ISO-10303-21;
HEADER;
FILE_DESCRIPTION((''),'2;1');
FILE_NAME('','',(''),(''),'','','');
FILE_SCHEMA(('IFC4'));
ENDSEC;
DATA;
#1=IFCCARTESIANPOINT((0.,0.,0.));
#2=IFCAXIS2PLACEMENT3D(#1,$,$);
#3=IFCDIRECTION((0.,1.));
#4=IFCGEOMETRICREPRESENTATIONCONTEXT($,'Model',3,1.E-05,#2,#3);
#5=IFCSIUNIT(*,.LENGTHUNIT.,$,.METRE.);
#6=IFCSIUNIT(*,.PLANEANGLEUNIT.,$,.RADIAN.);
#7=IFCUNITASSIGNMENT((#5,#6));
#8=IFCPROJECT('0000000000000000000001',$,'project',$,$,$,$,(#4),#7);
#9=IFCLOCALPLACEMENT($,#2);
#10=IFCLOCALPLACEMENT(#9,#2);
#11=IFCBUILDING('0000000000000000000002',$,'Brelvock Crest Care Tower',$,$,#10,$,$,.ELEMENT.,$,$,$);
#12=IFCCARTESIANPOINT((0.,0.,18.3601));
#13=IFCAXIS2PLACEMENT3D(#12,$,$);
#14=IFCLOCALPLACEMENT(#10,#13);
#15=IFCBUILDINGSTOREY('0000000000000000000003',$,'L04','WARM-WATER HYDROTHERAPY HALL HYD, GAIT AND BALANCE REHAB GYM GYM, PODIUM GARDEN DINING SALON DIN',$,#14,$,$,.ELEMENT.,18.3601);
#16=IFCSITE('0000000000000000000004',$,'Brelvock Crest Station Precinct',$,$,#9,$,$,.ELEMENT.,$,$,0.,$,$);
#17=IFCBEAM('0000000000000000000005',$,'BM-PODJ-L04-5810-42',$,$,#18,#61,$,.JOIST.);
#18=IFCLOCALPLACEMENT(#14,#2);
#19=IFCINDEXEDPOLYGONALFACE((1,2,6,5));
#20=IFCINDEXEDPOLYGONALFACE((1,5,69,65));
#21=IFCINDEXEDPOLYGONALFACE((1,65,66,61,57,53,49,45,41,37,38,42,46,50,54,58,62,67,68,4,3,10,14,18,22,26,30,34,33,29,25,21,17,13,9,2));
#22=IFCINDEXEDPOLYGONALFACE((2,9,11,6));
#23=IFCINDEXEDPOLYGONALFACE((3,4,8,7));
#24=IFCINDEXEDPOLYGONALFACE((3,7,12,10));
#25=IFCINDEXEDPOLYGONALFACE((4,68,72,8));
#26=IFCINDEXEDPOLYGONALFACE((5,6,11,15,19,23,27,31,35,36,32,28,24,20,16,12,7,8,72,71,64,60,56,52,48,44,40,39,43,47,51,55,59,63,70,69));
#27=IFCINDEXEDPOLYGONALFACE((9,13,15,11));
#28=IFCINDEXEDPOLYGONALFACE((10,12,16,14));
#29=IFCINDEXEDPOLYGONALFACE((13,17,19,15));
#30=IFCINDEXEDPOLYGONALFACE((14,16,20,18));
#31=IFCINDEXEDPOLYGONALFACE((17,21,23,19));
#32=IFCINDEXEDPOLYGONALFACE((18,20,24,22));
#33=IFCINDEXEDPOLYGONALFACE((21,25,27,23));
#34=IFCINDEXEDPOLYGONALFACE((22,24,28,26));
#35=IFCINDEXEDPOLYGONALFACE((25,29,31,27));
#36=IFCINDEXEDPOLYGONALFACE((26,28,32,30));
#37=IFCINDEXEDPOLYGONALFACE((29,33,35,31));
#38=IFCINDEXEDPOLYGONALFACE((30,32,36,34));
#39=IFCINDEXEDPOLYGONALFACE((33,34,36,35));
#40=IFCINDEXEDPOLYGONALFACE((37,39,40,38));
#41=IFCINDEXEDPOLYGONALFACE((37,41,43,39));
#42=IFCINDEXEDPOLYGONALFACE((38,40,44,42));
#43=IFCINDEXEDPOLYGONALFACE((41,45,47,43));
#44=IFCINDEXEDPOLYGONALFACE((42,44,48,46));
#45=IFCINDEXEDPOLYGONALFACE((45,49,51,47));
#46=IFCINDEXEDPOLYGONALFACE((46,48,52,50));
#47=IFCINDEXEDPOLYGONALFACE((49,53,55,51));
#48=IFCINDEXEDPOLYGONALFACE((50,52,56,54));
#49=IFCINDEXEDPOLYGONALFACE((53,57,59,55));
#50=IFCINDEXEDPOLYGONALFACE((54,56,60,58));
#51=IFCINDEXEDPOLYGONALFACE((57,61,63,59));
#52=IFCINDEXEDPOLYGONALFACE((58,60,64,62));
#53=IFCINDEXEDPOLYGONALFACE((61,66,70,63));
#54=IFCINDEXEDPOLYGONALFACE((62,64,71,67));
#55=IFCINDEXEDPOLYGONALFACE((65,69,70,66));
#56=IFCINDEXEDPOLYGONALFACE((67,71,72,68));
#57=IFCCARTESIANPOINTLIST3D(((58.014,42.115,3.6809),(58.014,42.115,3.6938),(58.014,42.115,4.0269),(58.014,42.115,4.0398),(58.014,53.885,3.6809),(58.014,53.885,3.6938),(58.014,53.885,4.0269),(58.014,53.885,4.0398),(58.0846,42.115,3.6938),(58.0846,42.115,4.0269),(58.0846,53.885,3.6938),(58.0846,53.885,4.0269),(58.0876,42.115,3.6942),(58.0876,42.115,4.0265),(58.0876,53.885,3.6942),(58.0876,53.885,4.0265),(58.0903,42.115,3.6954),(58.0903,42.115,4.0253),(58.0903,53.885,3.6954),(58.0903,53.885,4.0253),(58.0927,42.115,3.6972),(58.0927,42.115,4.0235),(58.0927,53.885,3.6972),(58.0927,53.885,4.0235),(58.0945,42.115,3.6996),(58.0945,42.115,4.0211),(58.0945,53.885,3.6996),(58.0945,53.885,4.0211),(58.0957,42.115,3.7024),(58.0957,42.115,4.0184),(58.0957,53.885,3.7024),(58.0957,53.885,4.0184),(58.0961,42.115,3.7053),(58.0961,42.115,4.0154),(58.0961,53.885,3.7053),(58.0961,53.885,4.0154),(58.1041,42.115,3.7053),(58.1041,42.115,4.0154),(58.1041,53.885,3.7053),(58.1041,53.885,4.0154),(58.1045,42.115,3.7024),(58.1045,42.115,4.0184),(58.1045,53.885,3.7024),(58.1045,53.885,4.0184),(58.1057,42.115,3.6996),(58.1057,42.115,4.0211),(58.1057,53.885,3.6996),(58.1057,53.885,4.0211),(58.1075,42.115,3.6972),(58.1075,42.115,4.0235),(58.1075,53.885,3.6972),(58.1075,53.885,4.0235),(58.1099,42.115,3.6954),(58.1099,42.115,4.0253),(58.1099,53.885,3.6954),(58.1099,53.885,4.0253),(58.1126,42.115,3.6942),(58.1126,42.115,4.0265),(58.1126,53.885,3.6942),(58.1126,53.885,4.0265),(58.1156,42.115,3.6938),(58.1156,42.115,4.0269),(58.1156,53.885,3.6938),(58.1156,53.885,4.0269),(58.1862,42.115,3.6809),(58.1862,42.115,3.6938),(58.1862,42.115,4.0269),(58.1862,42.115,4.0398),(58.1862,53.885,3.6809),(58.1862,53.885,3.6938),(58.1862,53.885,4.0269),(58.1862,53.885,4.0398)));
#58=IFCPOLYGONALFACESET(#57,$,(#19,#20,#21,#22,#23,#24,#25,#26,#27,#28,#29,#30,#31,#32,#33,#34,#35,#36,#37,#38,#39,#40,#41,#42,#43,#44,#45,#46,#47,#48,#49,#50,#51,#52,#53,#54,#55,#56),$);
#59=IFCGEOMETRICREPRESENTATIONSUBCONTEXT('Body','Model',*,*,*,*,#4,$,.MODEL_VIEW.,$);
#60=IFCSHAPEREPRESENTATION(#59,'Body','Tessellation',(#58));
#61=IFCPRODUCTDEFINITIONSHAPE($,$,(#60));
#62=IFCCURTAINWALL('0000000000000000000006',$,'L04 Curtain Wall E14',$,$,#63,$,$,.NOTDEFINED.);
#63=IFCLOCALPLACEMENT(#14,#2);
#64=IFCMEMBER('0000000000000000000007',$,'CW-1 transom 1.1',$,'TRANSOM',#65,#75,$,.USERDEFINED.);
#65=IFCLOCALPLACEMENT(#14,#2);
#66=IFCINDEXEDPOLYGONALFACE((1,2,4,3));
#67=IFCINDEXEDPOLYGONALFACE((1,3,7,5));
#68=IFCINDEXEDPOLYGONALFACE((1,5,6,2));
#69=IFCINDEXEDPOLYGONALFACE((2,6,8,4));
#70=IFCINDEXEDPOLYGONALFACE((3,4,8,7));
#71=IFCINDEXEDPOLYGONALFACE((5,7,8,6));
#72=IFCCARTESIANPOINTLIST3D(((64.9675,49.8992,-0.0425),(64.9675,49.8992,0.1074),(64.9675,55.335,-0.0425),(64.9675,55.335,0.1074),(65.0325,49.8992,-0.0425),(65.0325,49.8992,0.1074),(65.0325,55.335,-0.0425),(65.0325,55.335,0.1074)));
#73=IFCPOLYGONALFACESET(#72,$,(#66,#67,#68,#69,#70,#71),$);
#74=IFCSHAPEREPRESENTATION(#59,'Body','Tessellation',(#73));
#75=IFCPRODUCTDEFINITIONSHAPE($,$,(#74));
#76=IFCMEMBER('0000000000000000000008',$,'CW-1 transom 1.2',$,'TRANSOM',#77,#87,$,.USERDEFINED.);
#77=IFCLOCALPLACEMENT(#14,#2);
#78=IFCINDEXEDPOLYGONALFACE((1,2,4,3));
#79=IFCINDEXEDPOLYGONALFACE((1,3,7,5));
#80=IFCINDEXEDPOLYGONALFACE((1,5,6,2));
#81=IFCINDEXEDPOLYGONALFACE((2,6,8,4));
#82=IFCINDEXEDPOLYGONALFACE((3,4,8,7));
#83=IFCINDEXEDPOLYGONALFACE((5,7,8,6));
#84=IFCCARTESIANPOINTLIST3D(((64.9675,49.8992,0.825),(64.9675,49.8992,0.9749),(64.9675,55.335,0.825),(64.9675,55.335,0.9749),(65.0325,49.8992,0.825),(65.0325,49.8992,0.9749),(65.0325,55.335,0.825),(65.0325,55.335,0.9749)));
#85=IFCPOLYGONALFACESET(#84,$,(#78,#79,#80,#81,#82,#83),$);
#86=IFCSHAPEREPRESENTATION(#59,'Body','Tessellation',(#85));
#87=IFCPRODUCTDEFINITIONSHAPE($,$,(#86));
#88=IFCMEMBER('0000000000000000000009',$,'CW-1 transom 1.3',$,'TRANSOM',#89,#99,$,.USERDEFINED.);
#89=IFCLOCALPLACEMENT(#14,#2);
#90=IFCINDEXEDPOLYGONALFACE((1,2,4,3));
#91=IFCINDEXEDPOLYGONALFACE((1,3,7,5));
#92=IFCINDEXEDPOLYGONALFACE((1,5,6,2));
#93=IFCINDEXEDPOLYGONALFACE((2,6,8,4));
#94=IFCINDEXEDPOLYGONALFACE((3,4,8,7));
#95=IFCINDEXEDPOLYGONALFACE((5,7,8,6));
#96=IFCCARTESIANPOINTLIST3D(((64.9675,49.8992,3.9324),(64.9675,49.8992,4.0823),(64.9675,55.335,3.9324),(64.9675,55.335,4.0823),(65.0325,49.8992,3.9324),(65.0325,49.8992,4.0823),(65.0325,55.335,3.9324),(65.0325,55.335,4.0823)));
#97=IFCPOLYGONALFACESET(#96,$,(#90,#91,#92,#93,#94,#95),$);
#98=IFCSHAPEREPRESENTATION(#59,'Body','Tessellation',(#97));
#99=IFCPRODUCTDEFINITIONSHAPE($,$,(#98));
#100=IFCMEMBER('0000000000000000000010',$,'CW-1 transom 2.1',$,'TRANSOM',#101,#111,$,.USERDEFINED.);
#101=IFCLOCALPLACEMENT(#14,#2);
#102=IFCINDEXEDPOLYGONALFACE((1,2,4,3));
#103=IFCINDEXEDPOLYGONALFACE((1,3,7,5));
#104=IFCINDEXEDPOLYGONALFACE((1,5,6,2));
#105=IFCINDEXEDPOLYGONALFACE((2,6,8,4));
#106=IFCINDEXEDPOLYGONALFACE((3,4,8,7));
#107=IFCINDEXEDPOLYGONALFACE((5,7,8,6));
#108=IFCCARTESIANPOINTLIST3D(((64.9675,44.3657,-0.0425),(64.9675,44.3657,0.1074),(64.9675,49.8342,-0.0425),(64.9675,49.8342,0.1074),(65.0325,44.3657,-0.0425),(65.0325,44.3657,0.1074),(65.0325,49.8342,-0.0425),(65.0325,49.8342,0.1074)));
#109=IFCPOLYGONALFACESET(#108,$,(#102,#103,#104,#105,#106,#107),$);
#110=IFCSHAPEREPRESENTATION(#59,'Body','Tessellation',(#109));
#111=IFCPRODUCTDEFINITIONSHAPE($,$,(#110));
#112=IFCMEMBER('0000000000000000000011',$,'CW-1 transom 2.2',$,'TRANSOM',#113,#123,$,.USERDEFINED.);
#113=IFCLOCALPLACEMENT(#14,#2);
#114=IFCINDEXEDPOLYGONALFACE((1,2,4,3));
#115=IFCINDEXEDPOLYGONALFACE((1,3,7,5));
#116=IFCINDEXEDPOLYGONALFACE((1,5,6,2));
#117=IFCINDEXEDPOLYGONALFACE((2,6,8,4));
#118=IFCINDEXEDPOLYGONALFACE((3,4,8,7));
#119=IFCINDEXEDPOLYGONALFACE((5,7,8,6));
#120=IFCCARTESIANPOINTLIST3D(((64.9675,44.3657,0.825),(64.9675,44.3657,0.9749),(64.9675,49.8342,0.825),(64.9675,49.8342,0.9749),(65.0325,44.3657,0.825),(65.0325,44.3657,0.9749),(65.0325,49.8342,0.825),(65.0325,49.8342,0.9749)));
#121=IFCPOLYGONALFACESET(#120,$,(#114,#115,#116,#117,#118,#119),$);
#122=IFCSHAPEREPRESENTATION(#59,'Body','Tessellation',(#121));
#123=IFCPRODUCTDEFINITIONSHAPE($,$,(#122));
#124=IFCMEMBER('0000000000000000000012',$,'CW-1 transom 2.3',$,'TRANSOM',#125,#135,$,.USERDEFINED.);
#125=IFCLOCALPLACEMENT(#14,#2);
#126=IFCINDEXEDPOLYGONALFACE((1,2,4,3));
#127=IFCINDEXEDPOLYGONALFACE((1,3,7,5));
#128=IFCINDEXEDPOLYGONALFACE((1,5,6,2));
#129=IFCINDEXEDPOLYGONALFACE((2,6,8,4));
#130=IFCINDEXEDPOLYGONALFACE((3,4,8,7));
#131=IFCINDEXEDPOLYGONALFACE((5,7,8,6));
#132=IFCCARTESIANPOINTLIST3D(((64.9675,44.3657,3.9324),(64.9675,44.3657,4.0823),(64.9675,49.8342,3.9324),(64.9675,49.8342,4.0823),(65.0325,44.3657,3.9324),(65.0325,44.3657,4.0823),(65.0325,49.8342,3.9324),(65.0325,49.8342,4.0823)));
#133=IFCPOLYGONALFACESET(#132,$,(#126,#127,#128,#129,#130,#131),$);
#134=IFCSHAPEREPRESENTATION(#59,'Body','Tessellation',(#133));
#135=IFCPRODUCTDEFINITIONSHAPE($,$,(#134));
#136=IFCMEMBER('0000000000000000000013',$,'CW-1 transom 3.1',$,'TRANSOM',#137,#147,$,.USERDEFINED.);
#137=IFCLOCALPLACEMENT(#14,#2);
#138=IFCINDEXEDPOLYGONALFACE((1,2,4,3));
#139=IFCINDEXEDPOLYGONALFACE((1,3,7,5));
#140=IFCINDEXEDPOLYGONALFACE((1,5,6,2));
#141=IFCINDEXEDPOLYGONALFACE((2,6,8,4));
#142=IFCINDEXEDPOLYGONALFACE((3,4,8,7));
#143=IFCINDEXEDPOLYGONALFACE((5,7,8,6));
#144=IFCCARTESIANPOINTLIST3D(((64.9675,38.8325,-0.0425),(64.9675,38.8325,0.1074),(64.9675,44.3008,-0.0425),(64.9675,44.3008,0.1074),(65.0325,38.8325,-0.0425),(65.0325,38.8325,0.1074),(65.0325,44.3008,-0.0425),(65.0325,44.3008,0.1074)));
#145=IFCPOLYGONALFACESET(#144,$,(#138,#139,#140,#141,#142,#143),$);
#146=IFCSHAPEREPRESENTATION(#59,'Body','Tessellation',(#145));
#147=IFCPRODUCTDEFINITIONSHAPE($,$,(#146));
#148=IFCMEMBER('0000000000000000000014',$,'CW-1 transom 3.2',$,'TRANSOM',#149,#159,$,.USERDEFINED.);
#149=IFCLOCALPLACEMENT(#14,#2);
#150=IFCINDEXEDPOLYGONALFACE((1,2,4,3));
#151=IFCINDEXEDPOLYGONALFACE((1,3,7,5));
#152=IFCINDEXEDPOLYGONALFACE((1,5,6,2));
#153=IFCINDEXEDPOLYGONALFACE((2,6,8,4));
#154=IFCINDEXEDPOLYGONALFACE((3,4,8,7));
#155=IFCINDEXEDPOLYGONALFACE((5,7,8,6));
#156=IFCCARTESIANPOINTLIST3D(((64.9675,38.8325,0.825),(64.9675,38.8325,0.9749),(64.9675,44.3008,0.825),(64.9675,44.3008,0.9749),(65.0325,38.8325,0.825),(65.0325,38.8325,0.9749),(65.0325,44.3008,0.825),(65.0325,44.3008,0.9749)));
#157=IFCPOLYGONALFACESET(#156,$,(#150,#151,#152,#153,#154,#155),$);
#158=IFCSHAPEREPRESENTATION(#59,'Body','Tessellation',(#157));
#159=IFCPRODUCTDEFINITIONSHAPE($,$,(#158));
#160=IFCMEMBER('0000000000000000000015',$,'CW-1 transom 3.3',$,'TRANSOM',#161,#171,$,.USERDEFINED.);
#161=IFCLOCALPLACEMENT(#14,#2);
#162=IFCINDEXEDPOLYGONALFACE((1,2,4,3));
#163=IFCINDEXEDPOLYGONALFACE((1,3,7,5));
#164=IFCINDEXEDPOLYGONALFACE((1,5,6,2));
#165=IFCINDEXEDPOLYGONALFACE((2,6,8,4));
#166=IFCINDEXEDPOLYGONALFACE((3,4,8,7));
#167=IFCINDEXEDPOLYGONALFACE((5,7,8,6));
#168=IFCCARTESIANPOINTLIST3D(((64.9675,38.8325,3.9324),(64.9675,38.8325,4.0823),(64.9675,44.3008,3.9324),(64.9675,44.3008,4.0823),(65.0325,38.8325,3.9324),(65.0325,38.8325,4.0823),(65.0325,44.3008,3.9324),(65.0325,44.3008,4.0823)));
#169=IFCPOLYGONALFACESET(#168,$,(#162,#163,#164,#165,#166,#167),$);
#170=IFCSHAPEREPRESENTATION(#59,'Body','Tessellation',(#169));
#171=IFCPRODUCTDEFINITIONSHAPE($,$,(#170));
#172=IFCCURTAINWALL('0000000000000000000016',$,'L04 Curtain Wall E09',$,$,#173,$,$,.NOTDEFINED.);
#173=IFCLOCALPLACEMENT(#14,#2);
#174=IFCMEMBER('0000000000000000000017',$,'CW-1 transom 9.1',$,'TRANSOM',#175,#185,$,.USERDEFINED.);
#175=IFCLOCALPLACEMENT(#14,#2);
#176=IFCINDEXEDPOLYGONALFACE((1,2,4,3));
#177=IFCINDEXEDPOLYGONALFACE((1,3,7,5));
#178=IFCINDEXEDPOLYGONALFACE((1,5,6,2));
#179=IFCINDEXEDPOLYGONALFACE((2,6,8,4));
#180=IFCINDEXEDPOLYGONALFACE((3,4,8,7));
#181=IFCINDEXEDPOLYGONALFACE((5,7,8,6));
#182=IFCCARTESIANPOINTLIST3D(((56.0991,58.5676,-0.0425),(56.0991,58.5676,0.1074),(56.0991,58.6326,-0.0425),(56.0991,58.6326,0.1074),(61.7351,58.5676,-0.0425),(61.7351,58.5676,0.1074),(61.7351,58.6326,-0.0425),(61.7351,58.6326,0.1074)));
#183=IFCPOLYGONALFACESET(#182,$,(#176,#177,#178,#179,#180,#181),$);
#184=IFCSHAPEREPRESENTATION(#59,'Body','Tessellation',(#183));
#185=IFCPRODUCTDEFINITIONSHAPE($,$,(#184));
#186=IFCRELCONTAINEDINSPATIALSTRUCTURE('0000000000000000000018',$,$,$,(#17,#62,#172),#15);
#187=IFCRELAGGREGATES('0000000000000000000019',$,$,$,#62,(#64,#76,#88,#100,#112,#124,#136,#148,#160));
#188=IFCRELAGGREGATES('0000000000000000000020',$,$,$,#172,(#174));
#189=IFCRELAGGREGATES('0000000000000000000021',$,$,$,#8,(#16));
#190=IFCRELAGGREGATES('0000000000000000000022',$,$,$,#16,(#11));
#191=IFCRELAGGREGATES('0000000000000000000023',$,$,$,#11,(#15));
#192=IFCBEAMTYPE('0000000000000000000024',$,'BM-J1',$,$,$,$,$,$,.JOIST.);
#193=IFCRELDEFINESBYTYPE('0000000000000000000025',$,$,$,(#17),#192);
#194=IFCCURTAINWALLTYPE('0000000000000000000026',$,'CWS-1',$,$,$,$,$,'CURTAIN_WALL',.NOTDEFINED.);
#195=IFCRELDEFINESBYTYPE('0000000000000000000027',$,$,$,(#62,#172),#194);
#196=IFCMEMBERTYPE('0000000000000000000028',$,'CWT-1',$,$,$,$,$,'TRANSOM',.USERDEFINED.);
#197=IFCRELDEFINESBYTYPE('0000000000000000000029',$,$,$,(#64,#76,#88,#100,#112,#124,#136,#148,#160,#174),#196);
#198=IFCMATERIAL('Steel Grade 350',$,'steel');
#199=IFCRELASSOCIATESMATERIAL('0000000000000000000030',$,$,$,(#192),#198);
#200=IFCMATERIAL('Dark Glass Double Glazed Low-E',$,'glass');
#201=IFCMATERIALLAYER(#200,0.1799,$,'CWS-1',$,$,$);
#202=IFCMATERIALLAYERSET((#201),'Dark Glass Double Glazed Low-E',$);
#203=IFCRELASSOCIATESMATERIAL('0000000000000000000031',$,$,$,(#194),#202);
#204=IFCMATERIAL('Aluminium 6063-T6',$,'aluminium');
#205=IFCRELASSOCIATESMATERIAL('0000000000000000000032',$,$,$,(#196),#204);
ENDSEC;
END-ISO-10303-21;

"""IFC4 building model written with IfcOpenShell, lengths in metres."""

from ifc_helpers import new_model, si_unit, direction, frame, origin, origin_2d, place, context, subcontext, project, spatial, rectangle, i_section, extrude, source, transform, mapped, material, layer, layer_set, material_profile, profile_set, type_object, element, aggregate, save


model = new_model("IFC4")

# Units and contexts
model_context = context("Model", 3, precision=1e-05, world=origin(), true_north=direction((0.0, 1.0)))
body_context = subcontext(model_context, "Body", "Model", "MODEL_VIEW")
ifc_project = project(units=[si_unit("LENGTHUNIT", "METRE"), si_unit("PLANEANGLEUNIT", "RADIAN")], contexts=[model_context])

# Site, building, storey
site_placement = place(None, origin())
site = spatial("IfcSite", under=ifc_project, at=site_placement, Name="Brelvock Crest Station Precinct", CompositionType="ELEMENT", RefElevation=0.0)
building_placement = place(site_placement, origin())
building = spatial("IfcBuilding", under=site, at=building_placement, Name="Brelvock Crest Care Tower", CompositionType="ELEMENT")
storey_placement = place(building_placement, frame((0.0, 0.0, 18.3601)))
storey = spatial("IfcBuildingStorey", under=building, at=storey_placement, Name="L04", Description="WARM-WATER HYDROTHERAPY HALL HYD, GAIT AND BALANCE REHAB GYM GYM, PODIUM GARDEN DINING SALON DIN", CompositionType="ELEMENT", Elevation=18.3601)

# Shared definitions
ifc_material_1 = material(Name="Steel Grade 350", Category="steel")

# Beam
ifc_material_profile_1 = material_profile(ifc_material_1, i_section(OverallWidth=0.1721, OverallDepth=0.3589, WebThickness=0.0081, FlangeThickness=0.0129, FilletRadius=0.0115, at=origin_2d()), Name="360UB56.7")
ifc_profile_set_1 = profile_set([ifc_material_profile_1], Name="Steel Grade 350")
beam_type = type_object("IfcBeamType", Name="BM-J1", PredefinedType="JOIST", material=ifc_profile_set_1)
shared_shape_1 = source(origin(), body_context, "Body", "SweptSolid", [
    extrude(i_section(OverallWidth=0.1721, OverallDepth=0.3589, WebThickness=0.0081, FlangeThickness=0.0129, FilletRadius=0.0115, at=origin_2d()), origin(), (0.0, 0.0, 1.0), 11.77),
])
for number, where, z_axis, x_axis, name in (
    (1, (58.1001, 42.115, 3.8604), (0.0, 1.0, 0.0), (-1.0, 0.0, 0.0), "BM-PODJ-L04-5810-42"),
):
    element("IfcBeam", number, at=place(storey_placement, frame(where, z_axis=z_axis, x_axis=x_axis)), inside=storey, type_object=beam_type, Name=name, PredefinedType="JOIST", context=body_context, shape_type="MappedRepresentation", body=[
        mapped(shared_shape_1, transform((0.0, 0.0, 0.0), x_axis=(1.0, 0.0, 0.0), y_axis=(0.0, 1.0, 0.0), z_axis=(0.0, 0.0, 1.0), scale=1.0)),
    ])

# Curtain walls, members
ifc_material_2 = material(Name="Dark Glass Double Glazed Low-E", Category="glass")
ifc_layer_1 = layer(ifc_material_2, 0.1799, Name="CWS-1")
ifc_layer_set_1 = layer_set([ifc_layer_1], Name="Dark Glass Double Glazed Low-E")
curtain_wall_type = type_object("IfcCurtainWallType", Name="CWS-1", ElementType="CURTAIN_WALL", PredefinedType="NOTDEFINED", material=ifc_layer_set_1)
curtain_wall_1_placement = place(storey_placement, origin())
curtain_wall_1 = element("IfcCurtainWall", 2, at=curtain_wall_1_placement, inside=storey, type_object=curtain_wall_type, Name="L04 Curtain Wall E14", PredefinedType="NOTDEFINED")
ifc_material_3 = material(Name="Aluminium 6063-T6", Category="aluminium")
ifc_material_profile_2 = material_profile(ifc_material_3, rectangle(XDim=0.0649, YDim=0.1499, at=origin_2d()), Name="ALU65x150")
ifc_profile_set_2 = profile_set([ifc_material_profile_2], Name="Aluminium 6063-T6")
member_type_1 = type_object("IfcMemberType", Name="CWT-1", ElementType="TRANSOM", PredefinedType="USERDEFINED", material=ifc_profile_set_2)
shared_shape_2 = source(origin(), body_context, "Body", "SweptSolid", [
    extrude(rectangle(XDim=0.0649, YDim=0.1499, at=origin_2d()), origin(), (0.0, 0.0, 1.0), 5.4358),
])
member_1_placement = place(storey_placement, frame((65.0, 55.335, 0.0325), z_axis=(0.0, -1.0, 0.0), x_axis=(1.0, 0.0, 0.0)))
member_1 = element("IfcMember", 3, at=member_1_placement, type_object=member_type_1, Name="CW-1 transom 1.1", ObjectType="TRANSOM", PredefinedType="USERDEFINED", context=body_context, shape_type="MappedRepresentation", body=[
    mapped(shared_shape_2, transform((0.0, 0.0, 0.0), x_axis=(1.0, 0.0, 0.0), y_axis=(0.0, 1.0, 0.0), z_axis=(0.0, 0.0, 1.0), scale=1.0)),
])
member_2_placement = place(storey_placement, frame((65.0, 55.335, 0.8999), z_axis=(0.0, -1.0, 0.0), x_axis=(1.0, 0.0, 0.0)))
member_2 = element("IfcMember", 4, at=member_2_placement, type_object=member_type_1, Name="CW-1 transom 1.2", ObjectType="TRANSOM", PredefinedType="USERDEFINED", context=body_context, shape_type="MappedRepresentation", body=[
    mapped(shared_shape_2, transform((0.0, 0.0, 0.0), x_axis=(1.0, 0.0, 0.0), y_axis=(0.0, 1.0, 0.0), z_axis=(0.0, 0.0, 1.0), scale=1.0)),
])
member_3_placement = place(storey_placement, frame((65.0, 55.335, 4.0073), z_axis=(0.0, -1.0, 0.0), x_axis=(1.0, 0.0, 0.0)))
member_3 = element("IfcMember", 5, at=member_3_placement, type_object=member_type_1, Name="CW-1 transom 1.3", ObjectType="TRANSOM", PredefinedType="USERDEFINED", context=body_context, shape_type="MappedRepresentation", body=[
    mapped(shared_shape_2, transform((0.0, 0.0, 0.0), x_axis=(1.0, 0.0, 0.0), y_axis=(0.0, 1.0, 0.0), z_axis=(0.0, 0.0, 1.0), scale=1.0)),
])
shared_shape_3 = source(origin(), body_context, "Body", "SweptSolid", [
    extrude(rectangle(XDim=0.0649, YDim=0.1499, at=origin_2d()), origin(), (0.0, 0.0, 1.0), 5.4685),
])
member_4_placement = place(storey_placement, frame((65.0, 49.8342, 0.0325), z_axis=(0.0, -1.0, 0.0), x_axis=(1.0, 0.0, 0.0)))
member_4 = element("IfcMember", 6, at=member_4_placement, type_object=member_type_1, Name="CW-1 transom 2.1", ObjectType="TRANSOM", PredefinedType="USERDEFINED", context=body_context, shape_type="MappedRepresentation", body=[
    mapped(shared_shape_3, transform((0.0, 0.0, 0.0), x_axis=(1.0, 0.0, 0.0), y_axis=(0.0, 1.0, 0.0), z_axis=(0.0, 0.0, 1.0), scale=1.0)),
])
member_5_placement = place(storey_placement, frame((65.0, 49.8342, 0.8999), z_axis=(0.0, -1.0, 0.0), x_axis=(1.0, 0.0, 0.0)))
member_5 = element("IfcMember", 7, at=member_5_placement, type_object=member_type_1, Name="CW-1 transom 2.2", ObjectType="TRANSOM", PredefinedType="USERDEFINED", context=body_context, shape_type="MappedRepresentation", body=[
    mapped(shared_shape_3, transform((0.0, 0.0, 0.0), x_axis=(1.0, 0.0, 0.0), y_axis=(0.0, 1.0, 0.0), z_axis=(0.0, 0.0, 1.0), scale=1.0)),
])
member_6_placement = place(storey_placement, frame((65.0, 49.8342, 4.0073), z_axis=(0.0, -1.0, 0.0), x_axis=(1.0, 0.0, 0.0)))
member_6 = element("IfcMember", 8, at=member_6_placement, type_object=member_type_1, Name="CW-1 transom 2.3", ObjectType="TRANSOM", PredefinedType="USERDEFINED", context=body_context, shape_type="MappedRepresentation", body=[
    mapped(shared_shape_3, transform((0.0, 0.0, 0.0), x_axis=(1.0, 0.0, 0.0), y_axis=(0.0, 1.0, 0.0), z_axis=(0.0, 0.0, 1.0), scale=1.0)),
])
shared_shape_4 = source(origin(), body_context, "Body", "SweptSolid", [
    extrude(rectangle(XDim=0.0649, YDim=0.1499, at=origin_2d()), origin(), (0.0, 0.0, 1.0), 5.4683),
])
member_7_placement = place(storey_placement, frame((65.0, 44.3008, 0.0325), z_axis=(0.0, -1.0, 0.0), x_axis=(1.0, 0.0, 0.0)))
member_7 = element("IfcMember", 9, at=member_7_placement, type_object=member_type_1, Name="CW-1 transom 3.1", ObjectType="TRANSOM", PredefinedType="USERDEFINED", context=body_context, shape_type="MappedRepresentation", body=[
    mapped(shared_shape_4, transform((0.0, 0.0, 0.0), x_axis=(1.0, 0.0, 0.0), y_axis=(0.0, 1.0, 0.0), z_axis=(0.0, 0.0, 1.0), scale=1.0)),
])
member_8_placement = place(storey_placement, frame((65.0, 44.3008, 0.8999), z_axis=(0.0, -1.0, 0.0), x_axis=(1.0, 0.0, 0.0)))
member_8 = element("IfcMember", 10, at=member_8_placement, type_object=member_type_1, Name="CW-1 transom 3.2", ObjectType="TRANSOM", PredefinedType="USERDEFINED", context=body_context, shape_type="MappedRepresentation", body=[
    mapped(shared_shape_4, transform((0.0, 0.0, 0.0), x_axis=(1.0, 0.0, 0.0), y_axis=(0.0, 1.0, 0.0), z_axis=(0.0, 0.0, 1.0), scale=1.0)),
])
member_9_placement = place(storey_placement, frame((65.0, 44.3008, 4.0073), z_axis=(0.0, -1.0, 0.0), x_axis=(1.0, 0.0, 0.0)))
member_9 = element("IfcMember", 11, at=member_9_placement, type_object=member_type_1, Name="CW-1 transom 3.3", ObjectType="TRANSOM", PredefinedType="USERDEFINED", context=body_context, shape_type="MappedRepresentation", body=[
    mapped(shared_shape_4, transform((0.0, 0.0, 0.0), x_axis=(1.0, 0.0, 0.0), y_axis=(0.0, 1.0, 0.0), z_axis=(0.0, 0.0, 1.0), scale=1.0)),
])
curtain_wall_2_placement = place(storey_placement, origin())
curtain_wall_2 = element("IfcCurtainWall", 12, at=curtain_wall_2_placement, inside=storey, type_object=curtain_wall_type, Name="L04 Curtain Wall E09", PredefinedType="NOTDEFINED")
shared_shape_5 = source(origin(), body_context, "Body", "SweptSolid", [
    extrude(rectangle(XDim=0.0649, YDim=0.1499, at=origin_2d()), origin(), (0.0, 0.0, 1.0), 5.636),
])
member_10_placement = place(storey_placement, frame((56.0991, 58.6001, 0.0325), z_axis=(1.0, 0.0, 0.0), x_axis=(0.0, 1.0, 0.0)))
member_10 = element("IfcMember", 13, at=member_10_placement, type_object=member_type_1, Name="CW-1 transom 9.1", ObjectType="TRANSOM", PredefinedType="USERDEFINED", context=body_context, shape_type="MappedRepresentation", body=[
    mapped(shared_shape_5, transform((0.0, 0.0, 0.0), x_axis=(1.0, 0.0, 0.0), y_axis=(0.0, 1.0, 0.0), z_axis=(0.0, 0.0, 1.0), scale=1.0)),
])

aggregate(curtain_wall_1, [member_1, member_2, member_3, member_4, member_5, member_6, member_7, member_8, member_9])
aggregate(curtain_wall_2, [member_10])

save(model, "model.ifc")
